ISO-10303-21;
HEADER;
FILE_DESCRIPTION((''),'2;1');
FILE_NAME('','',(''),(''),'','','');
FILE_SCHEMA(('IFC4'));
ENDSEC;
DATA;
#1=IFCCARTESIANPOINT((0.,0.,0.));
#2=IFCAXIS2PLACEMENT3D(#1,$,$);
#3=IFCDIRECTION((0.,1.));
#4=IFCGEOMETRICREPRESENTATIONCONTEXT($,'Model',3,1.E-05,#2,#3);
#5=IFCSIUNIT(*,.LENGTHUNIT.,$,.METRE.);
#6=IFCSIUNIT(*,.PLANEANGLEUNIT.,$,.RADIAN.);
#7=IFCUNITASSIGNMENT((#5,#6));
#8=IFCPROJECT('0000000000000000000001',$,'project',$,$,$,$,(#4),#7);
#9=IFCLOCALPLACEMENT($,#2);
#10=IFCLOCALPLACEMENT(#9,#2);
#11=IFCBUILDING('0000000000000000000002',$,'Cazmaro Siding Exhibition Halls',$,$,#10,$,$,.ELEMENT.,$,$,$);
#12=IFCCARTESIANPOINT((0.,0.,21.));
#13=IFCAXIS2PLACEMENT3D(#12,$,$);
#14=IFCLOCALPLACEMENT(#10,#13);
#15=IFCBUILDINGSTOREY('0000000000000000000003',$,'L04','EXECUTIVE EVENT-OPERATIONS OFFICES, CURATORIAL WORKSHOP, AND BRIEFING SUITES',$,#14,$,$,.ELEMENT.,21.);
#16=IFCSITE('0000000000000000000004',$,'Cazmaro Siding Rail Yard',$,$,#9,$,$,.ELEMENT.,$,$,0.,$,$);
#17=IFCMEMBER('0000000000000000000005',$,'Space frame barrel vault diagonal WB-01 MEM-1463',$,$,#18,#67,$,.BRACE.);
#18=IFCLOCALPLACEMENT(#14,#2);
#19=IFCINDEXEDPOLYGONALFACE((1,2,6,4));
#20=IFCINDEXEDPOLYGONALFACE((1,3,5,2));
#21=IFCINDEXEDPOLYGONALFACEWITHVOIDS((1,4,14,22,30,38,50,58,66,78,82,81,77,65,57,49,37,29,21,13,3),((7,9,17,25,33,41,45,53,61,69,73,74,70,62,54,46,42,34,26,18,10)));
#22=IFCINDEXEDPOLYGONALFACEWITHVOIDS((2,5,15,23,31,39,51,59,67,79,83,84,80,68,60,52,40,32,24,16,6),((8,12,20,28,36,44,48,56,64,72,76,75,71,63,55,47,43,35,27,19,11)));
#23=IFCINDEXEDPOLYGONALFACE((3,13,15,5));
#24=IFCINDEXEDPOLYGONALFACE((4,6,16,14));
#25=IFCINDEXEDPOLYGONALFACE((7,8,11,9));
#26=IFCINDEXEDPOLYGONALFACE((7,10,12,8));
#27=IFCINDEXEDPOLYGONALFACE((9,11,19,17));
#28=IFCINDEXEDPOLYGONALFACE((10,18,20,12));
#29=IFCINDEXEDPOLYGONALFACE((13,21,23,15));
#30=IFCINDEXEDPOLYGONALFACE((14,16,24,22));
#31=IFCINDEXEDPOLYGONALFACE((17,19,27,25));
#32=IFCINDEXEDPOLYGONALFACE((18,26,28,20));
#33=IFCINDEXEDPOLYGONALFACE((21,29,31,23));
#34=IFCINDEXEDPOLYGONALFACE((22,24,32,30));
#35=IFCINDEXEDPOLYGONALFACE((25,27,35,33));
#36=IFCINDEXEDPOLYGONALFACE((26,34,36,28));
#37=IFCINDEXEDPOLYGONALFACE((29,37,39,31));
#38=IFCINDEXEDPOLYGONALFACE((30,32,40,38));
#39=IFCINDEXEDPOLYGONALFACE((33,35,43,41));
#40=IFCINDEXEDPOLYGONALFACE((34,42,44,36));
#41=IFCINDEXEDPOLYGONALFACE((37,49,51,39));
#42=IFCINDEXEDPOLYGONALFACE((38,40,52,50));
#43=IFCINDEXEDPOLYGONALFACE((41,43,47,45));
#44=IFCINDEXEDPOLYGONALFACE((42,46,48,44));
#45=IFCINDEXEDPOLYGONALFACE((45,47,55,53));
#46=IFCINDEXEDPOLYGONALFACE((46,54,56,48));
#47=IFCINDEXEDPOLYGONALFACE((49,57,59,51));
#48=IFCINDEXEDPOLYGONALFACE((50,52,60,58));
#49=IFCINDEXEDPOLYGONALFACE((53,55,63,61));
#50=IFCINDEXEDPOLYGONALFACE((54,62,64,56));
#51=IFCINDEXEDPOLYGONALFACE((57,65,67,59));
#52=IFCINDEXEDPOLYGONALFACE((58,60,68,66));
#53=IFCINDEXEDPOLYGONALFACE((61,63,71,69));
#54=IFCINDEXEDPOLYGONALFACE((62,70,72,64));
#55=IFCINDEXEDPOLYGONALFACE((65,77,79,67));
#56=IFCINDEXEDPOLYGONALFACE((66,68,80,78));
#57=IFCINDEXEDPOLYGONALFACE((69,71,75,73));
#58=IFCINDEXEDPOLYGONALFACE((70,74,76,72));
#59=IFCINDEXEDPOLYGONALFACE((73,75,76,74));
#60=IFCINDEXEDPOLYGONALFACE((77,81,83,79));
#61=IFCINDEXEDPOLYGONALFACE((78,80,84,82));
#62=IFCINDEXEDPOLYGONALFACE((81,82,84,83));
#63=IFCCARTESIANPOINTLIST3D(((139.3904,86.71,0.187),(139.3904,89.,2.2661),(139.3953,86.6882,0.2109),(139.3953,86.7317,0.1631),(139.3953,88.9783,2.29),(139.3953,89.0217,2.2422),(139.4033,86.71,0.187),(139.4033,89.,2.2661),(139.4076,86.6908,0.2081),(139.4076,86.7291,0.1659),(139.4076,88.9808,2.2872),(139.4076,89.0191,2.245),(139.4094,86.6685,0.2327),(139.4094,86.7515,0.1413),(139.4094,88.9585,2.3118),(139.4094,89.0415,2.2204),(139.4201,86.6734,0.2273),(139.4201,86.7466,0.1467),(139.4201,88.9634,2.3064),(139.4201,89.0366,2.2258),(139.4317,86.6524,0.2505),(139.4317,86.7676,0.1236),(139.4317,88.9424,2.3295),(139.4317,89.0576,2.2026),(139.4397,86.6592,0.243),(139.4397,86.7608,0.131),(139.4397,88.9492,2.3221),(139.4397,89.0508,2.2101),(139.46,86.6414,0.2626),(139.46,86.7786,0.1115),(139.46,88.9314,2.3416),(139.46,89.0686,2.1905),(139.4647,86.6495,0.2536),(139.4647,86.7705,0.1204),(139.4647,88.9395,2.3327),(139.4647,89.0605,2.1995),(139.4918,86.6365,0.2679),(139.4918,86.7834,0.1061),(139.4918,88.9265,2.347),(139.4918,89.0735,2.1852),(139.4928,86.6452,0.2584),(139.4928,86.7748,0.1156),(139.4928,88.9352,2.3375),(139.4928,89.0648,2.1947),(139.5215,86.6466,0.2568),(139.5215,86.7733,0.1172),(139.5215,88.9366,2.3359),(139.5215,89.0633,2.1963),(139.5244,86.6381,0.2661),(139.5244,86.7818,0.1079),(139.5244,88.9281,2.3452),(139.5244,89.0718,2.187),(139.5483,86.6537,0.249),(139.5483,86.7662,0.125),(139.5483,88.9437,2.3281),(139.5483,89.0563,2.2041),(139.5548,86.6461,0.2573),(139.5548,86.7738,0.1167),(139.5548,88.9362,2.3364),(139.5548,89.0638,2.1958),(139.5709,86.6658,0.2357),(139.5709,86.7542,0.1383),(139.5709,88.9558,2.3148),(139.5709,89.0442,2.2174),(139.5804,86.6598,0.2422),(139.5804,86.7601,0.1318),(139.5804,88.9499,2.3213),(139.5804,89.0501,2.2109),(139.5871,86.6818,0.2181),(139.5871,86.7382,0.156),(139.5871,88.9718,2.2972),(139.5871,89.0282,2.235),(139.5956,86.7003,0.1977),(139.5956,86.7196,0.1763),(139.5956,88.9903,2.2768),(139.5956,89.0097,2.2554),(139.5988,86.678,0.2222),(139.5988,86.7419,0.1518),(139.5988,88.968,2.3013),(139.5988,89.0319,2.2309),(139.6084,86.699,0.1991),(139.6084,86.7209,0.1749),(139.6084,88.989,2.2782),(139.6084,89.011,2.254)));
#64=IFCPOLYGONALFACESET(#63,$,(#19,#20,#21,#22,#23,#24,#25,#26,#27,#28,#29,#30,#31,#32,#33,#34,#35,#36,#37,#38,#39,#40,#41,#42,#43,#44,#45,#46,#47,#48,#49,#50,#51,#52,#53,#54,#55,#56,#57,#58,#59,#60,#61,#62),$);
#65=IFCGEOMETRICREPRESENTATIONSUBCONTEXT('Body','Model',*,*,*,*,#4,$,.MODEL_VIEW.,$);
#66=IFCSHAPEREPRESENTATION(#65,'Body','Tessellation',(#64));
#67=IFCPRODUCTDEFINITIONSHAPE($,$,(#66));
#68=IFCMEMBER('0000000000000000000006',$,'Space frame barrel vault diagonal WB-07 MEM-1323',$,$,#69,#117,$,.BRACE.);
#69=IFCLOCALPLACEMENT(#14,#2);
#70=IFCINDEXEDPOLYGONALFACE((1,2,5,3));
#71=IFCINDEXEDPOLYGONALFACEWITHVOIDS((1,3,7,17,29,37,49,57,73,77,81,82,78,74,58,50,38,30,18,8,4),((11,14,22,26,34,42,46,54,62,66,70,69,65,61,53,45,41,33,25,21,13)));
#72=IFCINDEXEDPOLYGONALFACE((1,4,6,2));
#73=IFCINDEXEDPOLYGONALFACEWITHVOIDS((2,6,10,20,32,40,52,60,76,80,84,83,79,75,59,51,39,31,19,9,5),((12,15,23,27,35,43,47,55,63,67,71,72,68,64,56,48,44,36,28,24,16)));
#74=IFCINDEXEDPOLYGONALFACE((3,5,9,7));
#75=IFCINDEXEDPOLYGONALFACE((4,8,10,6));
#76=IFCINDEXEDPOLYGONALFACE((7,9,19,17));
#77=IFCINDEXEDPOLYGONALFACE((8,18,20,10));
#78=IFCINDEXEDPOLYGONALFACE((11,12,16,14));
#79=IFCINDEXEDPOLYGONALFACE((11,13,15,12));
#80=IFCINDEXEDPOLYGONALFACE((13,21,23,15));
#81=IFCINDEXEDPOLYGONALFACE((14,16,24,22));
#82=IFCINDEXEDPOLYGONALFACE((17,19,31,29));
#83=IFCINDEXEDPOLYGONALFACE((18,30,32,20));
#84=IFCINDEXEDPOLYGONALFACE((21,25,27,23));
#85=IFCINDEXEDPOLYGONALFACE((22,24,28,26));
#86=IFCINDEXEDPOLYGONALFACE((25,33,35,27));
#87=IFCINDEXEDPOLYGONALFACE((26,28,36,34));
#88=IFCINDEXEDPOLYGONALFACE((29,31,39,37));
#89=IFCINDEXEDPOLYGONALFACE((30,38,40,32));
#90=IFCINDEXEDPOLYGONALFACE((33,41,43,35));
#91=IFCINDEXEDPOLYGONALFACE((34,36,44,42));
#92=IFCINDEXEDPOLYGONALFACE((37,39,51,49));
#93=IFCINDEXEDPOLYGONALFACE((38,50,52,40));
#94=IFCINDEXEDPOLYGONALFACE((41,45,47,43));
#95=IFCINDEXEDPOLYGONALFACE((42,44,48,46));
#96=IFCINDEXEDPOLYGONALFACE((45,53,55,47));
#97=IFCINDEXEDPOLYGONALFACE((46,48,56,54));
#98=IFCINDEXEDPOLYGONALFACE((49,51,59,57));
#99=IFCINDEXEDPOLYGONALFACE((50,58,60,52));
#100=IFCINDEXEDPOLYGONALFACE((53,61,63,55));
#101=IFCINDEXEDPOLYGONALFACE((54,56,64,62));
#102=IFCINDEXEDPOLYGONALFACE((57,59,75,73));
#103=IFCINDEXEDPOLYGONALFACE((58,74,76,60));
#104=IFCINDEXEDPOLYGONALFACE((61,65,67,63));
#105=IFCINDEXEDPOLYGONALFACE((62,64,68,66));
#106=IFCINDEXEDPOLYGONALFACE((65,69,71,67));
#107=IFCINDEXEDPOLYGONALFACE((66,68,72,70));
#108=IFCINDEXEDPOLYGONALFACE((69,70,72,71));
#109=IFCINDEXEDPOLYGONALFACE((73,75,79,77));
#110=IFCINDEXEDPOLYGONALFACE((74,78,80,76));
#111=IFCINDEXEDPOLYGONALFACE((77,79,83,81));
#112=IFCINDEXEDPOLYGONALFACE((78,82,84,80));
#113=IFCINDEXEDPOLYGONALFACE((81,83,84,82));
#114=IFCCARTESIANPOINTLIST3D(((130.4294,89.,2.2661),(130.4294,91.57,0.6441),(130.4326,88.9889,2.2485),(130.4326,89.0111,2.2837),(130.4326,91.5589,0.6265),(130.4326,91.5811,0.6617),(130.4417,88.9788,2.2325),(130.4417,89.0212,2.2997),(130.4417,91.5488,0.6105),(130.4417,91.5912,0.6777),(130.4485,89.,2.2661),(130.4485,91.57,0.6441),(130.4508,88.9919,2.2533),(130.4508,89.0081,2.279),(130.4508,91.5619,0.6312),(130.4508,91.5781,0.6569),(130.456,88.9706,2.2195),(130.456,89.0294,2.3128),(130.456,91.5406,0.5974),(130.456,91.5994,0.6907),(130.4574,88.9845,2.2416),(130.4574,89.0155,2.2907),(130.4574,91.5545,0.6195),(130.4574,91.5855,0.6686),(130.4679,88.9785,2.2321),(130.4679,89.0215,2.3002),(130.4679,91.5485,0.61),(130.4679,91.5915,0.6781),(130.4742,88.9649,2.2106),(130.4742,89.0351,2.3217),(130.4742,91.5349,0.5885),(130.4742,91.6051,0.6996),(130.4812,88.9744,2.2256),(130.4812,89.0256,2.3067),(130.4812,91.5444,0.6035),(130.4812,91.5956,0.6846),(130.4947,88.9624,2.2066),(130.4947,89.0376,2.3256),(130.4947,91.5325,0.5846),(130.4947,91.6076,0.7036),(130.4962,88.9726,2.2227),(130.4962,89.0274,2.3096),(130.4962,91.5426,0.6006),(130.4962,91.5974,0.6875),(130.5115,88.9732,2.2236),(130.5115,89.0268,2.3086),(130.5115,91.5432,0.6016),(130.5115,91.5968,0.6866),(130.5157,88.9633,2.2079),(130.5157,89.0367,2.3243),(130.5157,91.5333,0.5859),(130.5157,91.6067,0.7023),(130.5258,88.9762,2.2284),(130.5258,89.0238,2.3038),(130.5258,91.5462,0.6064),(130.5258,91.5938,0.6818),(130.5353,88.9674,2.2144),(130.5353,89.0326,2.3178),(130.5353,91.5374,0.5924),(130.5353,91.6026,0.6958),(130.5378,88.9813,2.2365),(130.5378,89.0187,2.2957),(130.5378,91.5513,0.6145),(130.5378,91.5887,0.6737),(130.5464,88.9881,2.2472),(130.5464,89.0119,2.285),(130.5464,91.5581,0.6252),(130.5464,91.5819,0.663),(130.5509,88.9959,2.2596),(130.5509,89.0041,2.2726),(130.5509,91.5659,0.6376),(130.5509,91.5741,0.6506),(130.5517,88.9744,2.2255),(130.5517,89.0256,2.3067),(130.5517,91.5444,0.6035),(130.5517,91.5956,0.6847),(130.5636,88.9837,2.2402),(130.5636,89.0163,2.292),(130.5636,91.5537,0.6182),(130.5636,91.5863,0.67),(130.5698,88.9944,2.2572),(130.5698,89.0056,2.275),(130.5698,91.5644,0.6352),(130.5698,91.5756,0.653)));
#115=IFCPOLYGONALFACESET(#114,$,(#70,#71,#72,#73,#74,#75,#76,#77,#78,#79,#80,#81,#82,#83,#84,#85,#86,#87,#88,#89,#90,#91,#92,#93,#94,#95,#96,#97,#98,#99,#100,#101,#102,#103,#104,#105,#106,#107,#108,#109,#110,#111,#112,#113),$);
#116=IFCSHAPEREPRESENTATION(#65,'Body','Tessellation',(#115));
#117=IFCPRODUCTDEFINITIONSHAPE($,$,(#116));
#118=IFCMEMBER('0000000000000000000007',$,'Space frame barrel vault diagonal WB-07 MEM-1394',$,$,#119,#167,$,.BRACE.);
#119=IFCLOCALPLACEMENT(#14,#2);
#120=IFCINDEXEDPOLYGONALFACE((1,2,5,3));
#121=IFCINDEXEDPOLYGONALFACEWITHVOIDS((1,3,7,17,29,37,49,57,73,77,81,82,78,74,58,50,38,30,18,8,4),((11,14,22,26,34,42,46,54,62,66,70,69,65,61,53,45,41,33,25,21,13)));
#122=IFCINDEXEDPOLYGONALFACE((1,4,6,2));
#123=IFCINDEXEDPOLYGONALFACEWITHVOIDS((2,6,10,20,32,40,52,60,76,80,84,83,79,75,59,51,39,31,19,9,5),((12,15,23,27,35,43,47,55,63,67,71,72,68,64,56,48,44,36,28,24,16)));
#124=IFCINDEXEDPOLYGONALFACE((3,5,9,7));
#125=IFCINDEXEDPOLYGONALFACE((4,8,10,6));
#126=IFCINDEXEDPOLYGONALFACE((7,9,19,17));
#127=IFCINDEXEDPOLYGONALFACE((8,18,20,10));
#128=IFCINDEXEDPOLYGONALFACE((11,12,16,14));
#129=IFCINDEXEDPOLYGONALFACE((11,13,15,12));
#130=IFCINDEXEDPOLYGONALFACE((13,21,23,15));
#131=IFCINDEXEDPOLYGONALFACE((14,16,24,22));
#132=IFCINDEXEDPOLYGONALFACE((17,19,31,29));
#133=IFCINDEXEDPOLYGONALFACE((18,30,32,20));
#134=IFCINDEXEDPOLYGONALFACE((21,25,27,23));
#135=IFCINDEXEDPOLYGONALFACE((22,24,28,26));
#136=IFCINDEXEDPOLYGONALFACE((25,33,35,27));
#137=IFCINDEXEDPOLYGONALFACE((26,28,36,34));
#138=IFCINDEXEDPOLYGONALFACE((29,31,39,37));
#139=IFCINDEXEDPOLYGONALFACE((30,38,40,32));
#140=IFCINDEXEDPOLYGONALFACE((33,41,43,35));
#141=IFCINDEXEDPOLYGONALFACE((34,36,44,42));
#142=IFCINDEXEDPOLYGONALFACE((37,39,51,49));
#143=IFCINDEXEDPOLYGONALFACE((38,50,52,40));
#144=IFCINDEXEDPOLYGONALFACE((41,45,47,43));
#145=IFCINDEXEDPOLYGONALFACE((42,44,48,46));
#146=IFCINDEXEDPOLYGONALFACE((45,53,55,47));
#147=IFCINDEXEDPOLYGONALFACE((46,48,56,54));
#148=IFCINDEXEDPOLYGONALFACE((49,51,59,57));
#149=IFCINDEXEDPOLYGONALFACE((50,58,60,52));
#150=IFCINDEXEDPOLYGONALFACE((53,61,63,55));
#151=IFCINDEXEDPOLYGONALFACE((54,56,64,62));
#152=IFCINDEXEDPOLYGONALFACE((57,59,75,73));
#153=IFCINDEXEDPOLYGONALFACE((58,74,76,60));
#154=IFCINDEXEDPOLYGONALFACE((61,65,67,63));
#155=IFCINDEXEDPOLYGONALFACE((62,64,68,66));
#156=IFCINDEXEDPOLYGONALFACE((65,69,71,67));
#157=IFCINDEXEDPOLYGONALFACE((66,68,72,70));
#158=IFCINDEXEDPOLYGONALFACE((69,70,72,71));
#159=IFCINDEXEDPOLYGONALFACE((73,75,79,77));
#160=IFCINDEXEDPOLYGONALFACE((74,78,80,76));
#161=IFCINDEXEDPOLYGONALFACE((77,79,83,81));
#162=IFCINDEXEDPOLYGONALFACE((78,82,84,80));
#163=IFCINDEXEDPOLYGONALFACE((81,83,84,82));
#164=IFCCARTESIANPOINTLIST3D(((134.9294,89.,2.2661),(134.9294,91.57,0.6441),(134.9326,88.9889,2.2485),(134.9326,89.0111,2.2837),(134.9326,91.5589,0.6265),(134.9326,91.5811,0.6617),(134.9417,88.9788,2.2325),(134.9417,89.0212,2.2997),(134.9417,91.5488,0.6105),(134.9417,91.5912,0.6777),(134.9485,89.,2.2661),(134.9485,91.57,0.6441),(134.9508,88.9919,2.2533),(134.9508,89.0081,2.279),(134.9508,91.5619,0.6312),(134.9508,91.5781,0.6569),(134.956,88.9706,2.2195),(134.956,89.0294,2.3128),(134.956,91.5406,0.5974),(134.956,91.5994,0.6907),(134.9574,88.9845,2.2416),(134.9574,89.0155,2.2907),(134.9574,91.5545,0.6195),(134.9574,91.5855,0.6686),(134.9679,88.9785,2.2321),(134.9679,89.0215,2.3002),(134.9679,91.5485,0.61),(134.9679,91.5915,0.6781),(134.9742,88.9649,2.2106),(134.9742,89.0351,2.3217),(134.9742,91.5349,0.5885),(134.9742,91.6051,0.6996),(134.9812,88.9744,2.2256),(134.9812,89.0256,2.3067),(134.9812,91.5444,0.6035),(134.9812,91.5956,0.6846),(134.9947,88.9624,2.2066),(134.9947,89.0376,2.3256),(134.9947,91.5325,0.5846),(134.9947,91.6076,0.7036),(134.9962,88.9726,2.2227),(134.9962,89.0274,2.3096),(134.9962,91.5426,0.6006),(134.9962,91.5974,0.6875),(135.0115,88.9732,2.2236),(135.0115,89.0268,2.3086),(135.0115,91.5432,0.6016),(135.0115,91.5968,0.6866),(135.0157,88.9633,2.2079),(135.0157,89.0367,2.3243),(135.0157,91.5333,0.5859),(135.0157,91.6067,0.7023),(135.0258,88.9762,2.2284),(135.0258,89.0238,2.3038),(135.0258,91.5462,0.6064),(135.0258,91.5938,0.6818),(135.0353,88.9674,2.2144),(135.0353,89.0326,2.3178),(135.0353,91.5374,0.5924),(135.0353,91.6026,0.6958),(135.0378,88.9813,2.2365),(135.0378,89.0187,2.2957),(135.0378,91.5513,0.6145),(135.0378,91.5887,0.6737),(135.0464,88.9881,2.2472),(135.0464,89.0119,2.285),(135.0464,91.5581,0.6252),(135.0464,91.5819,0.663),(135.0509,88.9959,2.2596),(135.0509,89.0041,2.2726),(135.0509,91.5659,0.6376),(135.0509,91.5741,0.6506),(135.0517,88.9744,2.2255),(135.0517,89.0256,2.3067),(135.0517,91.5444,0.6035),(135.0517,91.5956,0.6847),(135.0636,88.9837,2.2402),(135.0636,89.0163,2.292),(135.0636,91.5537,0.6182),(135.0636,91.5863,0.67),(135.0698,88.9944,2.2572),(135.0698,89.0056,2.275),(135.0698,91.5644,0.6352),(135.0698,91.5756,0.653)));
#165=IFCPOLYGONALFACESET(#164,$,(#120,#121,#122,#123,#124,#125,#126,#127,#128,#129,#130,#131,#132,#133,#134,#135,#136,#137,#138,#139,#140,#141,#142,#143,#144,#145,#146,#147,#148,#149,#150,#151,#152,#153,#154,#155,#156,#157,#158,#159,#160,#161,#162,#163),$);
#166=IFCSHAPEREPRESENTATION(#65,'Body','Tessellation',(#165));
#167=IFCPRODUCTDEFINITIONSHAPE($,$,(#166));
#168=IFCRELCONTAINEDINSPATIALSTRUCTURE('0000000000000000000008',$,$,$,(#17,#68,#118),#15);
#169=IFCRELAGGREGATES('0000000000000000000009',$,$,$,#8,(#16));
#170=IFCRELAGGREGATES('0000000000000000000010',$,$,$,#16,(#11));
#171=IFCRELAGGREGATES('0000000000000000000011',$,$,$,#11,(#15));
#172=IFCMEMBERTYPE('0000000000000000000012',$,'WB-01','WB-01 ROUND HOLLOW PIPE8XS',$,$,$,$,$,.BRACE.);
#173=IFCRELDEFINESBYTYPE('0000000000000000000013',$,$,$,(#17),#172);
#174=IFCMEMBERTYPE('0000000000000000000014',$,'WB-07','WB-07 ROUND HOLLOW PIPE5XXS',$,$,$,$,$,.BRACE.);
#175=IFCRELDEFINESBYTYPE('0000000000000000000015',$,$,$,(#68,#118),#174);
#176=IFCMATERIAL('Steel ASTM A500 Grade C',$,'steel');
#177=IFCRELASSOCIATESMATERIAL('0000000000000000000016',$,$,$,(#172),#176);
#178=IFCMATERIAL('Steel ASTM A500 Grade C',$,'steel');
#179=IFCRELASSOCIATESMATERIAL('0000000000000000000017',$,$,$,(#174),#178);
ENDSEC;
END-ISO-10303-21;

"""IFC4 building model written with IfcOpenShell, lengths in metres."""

from ifc_helpers import new_model, si_unit, direction, frame, origin, origin_2d, place, context, subcontext, project, spatial, hollow_circle, extrude, material, material_profile, profile_set, type_object, element, save


model = new_model("IFC4")

# Units and contexts
model_context = context("Model", 3, precision=1e-05, world=origin(), true_north=direction((0.0, 1.0)))
body_context = subcontext(model_context, "Body", "Model", "MODEL_VIEW")
ifc_project = project(units=[si_unit("LENGTHUNIT", "METRE"), si_unit("PLANEANGLEUNIT", "RADIAN")], contexts=[model_context])

# Site, building, storey
site_placement = place(None, origin())
site = spatial("IfcSite", under=ifc_project, at=site_placement, Name="Cazmaro Siding Rail Yard", CompositionType="ELEMENT", RefElevation=0.0)
building_placement = place(site_placement, origin())
building = spatial("IfcBuilding", under=site, at=building_placement, Name="Cazmaro Siding Exhibition Halls", CompositionType="ELEMENT")
storey_placement = place(building_placement, frame((0.0, 0.0, 21.0)))
storey = spatial("IfcBuildingStorey", under=building, at=storey_placement, Name="L04", Description="EXECUTIVE EVENT-OPERATIONS OFFICES, CURATORIAL WORKSHOP, AND BRIEFING SUITES", CompositionType="ELEMENT", Elevation=21.0)

# Members
ifc_material_1 = material(Name="Steel ASTM A500 Grade C", Category="steel")
ifc_material_profile_1 = material_profile(ifc_material_1, hollow_circle(Radius=0.1096, WallThickness=0.0129, at=origin_2d()), Name="PIPE8XS")
ifc_profile_set_1 = profile_set([ifc_material_profile_1], Name="Steel ASTM A500 Grade C")
member_type_1 = type_object("IfcMemberType", Name="WB-01", Description="WB-01 ROUND HOLLOW PIPE8XS", PredefinedType="BRACE", material=ifc_profile_set_1)
for number, where, z_axis, x_axis, name in (
    (1, (139.5, 86.71, 0.187), (0.0, 0.740383, 0.672185), (-1.0, 0.0, 0.0), "Space frame barrel vault diagonal WB-01 MEM-1463"),
):
    element("IfcMember", number, at=place(storey_placement, frame(where, z_axis=z_axis, x_axis=x_axis)), inside=storey, type_object=member_type_1, Name=name, PredefinedType="BRACE", context=body_context, shape_type="SweptSolid", body=[
        extrude(hollow_circle(Radius=0.1096, WallThickness=0.0129, at=origin_2d()), origin(), (0.0, 0.0, 1.0), 3.093),
    ])
ifc_material_2 = material(Name="Steel ASTM A500 Grade C", Category="steel")
ifc_material_profile_2 = material_profile(ifc_material_2, hollow_circle(Radius=0.0706, WallThickness=0.019, at=origin_2d()), Name="PIPE5XXS")
ifc_profile_set_2 = profile_set([ifc_material_profile_2], Name="Steel ASTM A500 Grade C")
member_type_2 = type_object("IfcMemberType", Name="WB-07", Description="WB-07 ROUND HOLLOW PIPE5XXS", PredefinedType="BRACE", material=ifc_profile_set_2)
for number, where, z_axis, x_axis, name in (
    (2, (130.5, 89.0, 2.2661), (0.0, 0.845657, -0.533727), (-1.0, 0.0, 0.0), "Space frame barrel vault diagonal WB-07 MEM-1323"),
    (3, (135.0, 89.0, 2.2661), (0.0, 0.845657, -0.533727), (-1.0, 0.0, 0.0), "Space frame barrel vault diagonal WB-07 MEM-1394"),
):
    element("IfcMember", number, at=place(storey_placement, frame(where, z_axis=z_axis, x_axis=x_axis)), inside=storey, type_object=member_type_2, Name=name, PredefinedType="BRACE", context=body_context, shape_type="SweptSolid", body=[
        extrude(hollow_circle(Radius=0.0706, WallThickness=0.019, at=origin_2d()), origin(), (0.0, 0.0, 1.0), 3.0391),
    ])

save(model, "model.ifc")
